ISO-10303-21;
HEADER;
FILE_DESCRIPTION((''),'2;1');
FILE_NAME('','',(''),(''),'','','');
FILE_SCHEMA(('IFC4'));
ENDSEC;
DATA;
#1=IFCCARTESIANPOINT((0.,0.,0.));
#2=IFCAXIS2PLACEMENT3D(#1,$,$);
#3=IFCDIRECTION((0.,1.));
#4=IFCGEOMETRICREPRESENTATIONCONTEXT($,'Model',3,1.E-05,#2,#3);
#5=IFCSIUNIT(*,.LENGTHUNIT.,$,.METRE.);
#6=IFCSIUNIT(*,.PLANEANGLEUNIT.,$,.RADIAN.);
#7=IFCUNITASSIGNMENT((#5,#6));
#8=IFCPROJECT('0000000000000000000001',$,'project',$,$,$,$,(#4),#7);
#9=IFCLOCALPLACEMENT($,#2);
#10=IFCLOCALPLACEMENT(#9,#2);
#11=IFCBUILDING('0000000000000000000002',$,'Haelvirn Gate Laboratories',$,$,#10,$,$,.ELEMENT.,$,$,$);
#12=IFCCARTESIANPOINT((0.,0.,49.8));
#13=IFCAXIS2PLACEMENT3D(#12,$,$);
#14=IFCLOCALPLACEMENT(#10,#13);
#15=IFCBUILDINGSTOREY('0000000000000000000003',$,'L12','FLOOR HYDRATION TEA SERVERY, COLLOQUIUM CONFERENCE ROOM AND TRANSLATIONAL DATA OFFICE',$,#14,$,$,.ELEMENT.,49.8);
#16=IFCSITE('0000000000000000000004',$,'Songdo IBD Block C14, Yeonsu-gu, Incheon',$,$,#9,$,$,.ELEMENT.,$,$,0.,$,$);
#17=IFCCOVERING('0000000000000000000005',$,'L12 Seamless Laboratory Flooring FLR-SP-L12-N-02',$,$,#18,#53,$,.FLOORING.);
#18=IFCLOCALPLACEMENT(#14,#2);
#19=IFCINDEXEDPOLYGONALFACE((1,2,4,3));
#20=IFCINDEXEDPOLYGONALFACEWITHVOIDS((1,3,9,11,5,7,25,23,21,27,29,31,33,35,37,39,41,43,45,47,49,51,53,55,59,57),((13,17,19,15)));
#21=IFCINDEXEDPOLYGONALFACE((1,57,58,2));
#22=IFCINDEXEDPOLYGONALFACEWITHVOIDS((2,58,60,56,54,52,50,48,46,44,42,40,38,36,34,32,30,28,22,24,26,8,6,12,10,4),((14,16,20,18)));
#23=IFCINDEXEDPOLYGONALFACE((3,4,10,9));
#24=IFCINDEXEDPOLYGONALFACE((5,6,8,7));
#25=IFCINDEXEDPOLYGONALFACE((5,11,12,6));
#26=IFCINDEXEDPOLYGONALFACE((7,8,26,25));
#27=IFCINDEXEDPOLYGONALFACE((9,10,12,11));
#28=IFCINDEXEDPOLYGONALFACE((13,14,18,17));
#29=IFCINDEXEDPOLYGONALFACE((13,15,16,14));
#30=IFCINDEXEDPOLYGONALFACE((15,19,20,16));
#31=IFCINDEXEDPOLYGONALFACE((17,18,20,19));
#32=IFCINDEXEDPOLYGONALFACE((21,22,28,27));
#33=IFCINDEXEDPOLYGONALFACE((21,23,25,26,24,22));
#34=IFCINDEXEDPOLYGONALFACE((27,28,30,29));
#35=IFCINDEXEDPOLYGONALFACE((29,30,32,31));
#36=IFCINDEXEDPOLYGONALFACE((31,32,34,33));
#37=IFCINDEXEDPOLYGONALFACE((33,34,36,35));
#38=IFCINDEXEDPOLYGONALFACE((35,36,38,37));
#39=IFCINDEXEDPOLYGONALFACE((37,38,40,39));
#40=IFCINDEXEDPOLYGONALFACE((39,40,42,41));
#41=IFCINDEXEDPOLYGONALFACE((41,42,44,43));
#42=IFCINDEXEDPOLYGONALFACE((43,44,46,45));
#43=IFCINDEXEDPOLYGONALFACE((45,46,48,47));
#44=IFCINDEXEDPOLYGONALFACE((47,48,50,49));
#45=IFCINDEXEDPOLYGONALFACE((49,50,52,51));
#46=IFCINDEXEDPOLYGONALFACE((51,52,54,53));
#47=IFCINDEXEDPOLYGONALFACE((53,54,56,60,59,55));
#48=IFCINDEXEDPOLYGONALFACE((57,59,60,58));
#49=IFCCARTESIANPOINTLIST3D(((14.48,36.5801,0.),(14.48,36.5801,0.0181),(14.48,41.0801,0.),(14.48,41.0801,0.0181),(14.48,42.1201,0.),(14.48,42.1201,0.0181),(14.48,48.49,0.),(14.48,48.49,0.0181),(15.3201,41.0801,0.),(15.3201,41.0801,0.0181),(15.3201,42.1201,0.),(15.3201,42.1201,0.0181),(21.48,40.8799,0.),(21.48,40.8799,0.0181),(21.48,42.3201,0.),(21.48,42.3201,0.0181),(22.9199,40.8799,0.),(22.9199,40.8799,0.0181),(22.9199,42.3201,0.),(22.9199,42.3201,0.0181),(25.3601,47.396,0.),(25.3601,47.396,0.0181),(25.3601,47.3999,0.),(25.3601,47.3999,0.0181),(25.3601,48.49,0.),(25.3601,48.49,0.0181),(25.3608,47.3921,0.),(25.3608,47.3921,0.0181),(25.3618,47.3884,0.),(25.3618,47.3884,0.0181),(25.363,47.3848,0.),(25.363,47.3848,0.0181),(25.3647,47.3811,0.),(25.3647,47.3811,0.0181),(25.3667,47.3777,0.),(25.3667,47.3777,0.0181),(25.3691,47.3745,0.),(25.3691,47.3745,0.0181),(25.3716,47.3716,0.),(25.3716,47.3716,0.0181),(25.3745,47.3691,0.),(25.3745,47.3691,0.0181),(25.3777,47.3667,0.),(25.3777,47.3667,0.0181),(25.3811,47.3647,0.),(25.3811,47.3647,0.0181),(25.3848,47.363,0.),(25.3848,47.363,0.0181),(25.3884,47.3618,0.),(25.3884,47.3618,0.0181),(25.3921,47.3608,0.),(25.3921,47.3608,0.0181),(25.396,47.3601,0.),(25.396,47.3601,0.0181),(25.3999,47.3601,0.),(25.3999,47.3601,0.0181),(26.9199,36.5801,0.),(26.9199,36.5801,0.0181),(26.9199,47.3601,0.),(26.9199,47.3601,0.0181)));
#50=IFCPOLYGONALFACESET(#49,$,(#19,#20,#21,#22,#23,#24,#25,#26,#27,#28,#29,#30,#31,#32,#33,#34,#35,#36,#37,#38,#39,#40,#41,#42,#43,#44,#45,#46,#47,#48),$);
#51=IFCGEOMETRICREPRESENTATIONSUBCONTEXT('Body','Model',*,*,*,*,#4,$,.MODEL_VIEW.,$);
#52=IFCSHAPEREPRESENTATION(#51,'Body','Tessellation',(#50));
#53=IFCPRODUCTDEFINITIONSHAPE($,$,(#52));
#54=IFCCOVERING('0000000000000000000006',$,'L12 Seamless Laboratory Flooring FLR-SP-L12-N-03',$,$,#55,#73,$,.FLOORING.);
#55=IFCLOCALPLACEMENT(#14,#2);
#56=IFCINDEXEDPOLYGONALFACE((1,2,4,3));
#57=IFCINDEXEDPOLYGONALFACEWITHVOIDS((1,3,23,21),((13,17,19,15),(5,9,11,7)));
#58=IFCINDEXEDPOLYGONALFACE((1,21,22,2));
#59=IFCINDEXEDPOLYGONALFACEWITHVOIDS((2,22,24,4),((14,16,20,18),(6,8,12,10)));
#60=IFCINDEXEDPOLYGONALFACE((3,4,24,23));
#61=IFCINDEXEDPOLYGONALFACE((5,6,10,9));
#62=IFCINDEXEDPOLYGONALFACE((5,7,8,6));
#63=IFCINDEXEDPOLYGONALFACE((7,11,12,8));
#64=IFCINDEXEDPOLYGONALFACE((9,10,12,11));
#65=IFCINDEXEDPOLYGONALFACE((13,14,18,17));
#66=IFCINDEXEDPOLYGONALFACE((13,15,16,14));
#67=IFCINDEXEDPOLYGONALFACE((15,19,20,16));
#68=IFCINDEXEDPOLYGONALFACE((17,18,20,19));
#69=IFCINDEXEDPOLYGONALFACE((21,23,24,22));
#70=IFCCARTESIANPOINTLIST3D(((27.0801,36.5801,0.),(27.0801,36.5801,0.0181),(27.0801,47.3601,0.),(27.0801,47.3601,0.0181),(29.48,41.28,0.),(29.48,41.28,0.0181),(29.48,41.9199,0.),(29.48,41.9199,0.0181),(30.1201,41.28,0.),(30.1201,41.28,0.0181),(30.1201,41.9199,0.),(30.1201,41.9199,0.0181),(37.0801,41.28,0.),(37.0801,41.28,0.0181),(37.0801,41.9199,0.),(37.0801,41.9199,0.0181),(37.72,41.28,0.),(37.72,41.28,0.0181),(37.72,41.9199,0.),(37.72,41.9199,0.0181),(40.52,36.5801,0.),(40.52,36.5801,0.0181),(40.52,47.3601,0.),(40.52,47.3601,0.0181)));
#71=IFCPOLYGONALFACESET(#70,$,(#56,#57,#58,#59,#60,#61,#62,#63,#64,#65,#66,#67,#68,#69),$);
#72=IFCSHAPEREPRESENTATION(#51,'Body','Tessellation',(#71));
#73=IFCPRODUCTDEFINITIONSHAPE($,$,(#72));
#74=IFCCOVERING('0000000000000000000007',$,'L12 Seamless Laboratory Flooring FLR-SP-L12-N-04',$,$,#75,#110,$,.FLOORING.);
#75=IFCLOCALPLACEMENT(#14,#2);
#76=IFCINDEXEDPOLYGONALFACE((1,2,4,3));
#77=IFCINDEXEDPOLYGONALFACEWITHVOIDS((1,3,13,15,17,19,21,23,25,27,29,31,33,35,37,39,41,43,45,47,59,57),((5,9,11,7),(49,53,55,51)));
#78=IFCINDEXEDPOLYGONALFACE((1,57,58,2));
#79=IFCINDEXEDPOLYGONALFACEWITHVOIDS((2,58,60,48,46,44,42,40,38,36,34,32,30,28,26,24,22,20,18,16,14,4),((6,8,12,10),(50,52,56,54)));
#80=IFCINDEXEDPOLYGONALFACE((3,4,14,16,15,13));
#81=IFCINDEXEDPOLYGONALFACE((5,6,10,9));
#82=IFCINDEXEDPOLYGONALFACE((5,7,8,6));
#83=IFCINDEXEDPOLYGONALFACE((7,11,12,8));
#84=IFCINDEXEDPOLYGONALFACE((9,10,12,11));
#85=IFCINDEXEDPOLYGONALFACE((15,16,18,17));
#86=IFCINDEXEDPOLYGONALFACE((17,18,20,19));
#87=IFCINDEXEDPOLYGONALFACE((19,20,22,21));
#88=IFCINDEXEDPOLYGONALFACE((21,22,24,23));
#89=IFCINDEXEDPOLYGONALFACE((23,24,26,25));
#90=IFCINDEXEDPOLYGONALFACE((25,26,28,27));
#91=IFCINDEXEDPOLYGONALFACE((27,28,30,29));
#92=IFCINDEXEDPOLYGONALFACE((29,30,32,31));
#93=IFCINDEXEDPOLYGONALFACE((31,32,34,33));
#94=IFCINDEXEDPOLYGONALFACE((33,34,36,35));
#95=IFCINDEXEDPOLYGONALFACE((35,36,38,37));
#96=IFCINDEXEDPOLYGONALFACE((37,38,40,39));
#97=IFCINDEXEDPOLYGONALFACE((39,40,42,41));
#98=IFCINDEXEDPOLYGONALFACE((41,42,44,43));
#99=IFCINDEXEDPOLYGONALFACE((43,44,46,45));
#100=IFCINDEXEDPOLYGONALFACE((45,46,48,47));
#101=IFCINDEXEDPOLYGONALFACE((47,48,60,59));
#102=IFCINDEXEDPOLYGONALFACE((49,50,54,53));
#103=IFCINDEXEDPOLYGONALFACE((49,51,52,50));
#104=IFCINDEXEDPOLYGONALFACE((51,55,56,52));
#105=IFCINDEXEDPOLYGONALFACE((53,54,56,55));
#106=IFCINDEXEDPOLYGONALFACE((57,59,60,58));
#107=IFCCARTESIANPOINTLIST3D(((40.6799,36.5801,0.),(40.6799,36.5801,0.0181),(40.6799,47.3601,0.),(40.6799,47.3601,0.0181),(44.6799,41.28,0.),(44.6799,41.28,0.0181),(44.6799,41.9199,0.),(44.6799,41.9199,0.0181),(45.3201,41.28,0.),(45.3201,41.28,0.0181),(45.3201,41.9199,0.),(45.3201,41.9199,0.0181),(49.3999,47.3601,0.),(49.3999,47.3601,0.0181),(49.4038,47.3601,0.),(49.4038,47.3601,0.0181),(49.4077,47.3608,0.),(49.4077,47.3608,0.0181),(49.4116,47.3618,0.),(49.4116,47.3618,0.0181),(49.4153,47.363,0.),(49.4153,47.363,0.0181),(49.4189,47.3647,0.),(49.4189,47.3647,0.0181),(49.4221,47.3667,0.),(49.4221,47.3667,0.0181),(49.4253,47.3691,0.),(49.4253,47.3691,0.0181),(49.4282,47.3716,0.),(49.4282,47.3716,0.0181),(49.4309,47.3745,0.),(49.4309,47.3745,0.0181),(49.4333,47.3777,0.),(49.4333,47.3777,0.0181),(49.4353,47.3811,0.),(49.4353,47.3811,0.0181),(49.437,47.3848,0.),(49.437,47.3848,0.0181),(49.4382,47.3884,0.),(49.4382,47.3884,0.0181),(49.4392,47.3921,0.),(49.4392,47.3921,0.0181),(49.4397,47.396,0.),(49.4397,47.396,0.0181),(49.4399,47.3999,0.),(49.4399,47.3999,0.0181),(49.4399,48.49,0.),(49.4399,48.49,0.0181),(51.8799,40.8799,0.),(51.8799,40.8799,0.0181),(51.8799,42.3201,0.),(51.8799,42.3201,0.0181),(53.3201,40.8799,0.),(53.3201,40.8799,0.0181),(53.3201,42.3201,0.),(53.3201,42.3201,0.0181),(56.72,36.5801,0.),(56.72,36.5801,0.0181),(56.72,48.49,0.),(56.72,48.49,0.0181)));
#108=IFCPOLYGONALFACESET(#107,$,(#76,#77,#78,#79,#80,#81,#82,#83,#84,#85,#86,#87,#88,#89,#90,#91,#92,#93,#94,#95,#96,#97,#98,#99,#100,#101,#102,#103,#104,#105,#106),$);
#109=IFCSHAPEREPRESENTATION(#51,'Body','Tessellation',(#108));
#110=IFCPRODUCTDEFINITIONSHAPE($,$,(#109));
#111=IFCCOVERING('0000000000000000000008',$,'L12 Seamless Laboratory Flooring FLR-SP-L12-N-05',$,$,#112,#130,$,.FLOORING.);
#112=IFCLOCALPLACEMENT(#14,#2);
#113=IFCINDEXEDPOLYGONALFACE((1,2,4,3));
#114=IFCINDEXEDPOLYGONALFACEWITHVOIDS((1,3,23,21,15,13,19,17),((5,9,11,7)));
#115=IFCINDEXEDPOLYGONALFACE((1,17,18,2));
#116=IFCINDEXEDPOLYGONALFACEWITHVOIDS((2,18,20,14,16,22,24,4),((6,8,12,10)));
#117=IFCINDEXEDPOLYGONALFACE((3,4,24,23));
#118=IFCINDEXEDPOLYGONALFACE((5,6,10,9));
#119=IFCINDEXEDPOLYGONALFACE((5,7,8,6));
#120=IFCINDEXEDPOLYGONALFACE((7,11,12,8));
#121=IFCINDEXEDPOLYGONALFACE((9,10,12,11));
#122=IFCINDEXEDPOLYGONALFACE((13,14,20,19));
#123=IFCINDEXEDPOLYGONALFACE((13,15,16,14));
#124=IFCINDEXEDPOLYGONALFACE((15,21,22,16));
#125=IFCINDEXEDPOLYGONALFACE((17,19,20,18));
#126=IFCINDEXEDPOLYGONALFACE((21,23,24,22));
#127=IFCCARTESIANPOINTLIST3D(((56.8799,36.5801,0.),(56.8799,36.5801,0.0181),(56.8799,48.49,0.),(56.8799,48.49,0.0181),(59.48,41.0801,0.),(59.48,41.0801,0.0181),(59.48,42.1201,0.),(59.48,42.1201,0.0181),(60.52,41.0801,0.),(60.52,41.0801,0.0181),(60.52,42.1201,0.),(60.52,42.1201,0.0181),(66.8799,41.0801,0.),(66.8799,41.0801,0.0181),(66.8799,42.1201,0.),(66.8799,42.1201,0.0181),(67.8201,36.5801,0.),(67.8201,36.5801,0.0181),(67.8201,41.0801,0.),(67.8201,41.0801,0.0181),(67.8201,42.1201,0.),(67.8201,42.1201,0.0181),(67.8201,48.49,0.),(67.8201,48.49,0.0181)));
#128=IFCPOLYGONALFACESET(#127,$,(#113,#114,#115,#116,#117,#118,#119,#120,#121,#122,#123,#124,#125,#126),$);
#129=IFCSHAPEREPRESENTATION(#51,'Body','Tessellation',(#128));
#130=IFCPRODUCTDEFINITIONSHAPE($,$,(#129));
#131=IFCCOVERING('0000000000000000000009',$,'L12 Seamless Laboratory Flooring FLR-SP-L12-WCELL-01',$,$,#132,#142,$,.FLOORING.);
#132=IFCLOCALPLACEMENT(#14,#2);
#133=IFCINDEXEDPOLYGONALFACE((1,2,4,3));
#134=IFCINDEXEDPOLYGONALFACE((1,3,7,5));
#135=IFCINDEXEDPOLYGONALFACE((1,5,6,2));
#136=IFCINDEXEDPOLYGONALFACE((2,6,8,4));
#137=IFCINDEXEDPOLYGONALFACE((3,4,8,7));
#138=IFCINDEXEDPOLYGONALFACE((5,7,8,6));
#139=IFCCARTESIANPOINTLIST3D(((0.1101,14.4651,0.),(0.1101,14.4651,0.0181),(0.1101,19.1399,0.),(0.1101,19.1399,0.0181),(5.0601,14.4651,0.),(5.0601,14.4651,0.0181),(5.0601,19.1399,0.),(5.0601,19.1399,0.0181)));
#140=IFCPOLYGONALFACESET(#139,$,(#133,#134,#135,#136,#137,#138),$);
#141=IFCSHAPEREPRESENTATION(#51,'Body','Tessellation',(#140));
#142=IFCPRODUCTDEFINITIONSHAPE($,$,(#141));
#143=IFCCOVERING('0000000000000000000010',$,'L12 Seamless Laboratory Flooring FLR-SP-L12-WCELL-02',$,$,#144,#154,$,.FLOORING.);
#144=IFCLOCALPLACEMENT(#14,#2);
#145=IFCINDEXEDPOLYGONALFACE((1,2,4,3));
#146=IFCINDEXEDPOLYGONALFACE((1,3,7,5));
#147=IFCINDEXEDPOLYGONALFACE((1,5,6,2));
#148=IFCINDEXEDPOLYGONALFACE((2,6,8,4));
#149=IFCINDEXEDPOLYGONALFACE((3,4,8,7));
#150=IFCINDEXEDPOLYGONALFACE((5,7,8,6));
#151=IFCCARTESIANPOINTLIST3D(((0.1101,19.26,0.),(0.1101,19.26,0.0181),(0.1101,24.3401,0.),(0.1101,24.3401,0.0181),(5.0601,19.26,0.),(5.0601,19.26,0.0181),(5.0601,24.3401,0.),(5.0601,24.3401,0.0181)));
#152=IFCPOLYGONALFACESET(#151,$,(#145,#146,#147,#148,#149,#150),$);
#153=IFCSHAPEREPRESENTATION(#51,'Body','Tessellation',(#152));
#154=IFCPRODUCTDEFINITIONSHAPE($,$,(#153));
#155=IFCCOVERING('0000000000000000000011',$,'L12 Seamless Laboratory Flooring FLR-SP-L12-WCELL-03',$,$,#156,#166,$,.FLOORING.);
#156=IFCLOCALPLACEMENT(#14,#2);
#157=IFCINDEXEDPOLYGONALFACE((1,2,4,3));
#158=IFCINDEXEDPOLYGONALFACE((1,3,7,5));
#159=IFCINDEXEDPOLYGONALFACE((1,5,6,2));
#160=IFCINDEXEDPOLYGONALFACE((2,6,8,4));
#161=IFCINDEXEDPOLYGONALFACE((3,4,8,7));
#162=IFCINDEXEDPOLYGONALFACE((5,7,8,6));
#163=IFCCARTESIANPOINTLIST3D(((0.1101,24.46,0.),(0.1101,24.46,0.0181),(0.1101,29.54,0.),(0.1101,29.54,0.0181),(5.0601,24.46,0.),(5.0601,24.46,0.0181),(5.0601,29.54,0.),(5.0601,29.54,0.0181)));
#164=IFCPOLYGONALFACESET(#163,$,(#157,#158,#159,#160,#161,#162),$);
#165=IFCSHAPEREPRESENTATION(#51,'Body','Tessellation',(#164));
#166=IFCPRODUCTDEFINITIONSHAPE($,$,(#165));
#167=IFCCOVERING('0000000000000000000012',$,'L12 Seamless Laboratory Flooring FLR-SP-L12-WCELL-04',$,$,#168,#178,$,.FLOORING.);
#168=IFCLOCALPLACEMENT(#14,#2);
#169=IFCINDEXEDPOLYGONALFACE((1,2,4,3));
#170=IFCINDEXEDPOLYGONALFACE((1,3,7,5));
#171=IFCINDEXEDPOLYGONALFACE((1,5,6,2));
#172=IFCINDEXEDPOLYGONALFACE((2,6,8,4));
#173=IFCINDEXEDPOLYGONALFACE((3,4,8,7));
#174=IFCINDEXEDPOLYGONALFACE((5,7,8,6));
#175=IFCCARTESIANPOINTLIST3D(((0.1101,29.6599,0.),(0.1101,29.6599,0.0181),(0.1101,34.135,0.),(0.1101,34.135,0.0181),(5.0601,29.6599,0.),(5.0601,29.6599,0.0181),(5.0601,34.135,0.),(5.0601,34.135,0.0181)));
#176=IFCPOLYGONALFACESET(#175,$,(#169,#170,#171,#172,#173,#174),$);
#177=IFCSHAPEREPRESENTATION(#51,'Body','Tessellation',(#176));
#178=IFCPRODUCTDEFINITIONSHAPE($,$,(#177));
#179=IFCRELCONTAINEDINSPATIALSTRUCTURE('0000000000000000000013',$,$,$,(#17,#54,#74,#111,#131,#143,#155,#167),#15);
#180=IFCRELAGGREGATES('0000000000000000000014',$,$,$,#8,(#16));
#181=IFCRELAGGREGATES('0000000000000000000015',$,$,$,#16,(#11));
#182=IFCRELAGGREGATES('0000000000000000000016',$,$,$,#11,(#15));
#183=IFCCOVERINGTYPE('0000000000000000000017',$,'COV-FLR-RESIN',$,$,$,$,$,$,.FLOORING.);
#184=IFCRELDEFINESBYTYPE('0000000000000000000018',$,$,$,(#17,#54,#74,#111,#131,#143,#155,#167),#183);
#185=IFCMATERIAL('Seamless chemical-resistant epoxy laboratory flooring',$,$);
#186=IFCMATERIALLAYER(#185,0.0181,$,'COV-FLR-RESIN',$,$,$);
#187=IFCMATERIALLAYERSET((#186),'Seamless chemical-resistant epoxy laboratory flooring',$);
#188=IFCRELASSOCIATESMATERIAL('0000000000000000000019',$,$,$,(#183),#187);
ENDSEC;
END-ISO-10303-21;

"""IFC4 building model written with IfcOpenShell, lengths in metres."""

from ifc_helpers import new_model, si_unit, direction, frame, origin, place, context, subcontext, project, spatial, polyline, outline, extrude, material, layer, layer_set, type_object, element, save


model = new_model("IFC4")

# Units and contexts
model_context = context("Model", 3, precision=1e-05, world=origin(), true_north=direction((0.0, 1.0)))
body_context = subcontext(model_context, "Body", "Model", "MODEL_VIEW")
ifc_project = project(units=[si_unit("LENGTHUNIT", "METRE"), si_unit("PLANEANGLEUNIT", "RADIAN")], contexts=[model_context])

# Site, building, storey
site_placement = place(None, origin())
site = spatial("IfcSite", under=ifc_project, at=site_placement, Name="Songdo IBD Block C14, Yeonsu-gu, Incheon", CompositionType="ELEMENT", RefElevation=0.0)
building_placement = place(site_placement, origin())
building = spatial("IfcBuilding", under=site, at=building_placement, Name="Haelvirn Gate Laboratories", CompositionType="ELEMENT")
storey_placement = place(building_placement, frame((0.0, 0.0, 49.8)))
storey = spatial("IfcBuildingStorey", under=building, at=storey_placement, Name="L12", Description="FLOOR HYDRATION TEA SERVERY, COLLOQUIUM CONFERENCE ROOM AND TRANSLATIONAL DATA OFFICE", CompositionType="ELEMENT", Elevation=49.8)

# Coverings
ifc_material_1 = material(Name="Seamless chemical-resistant epoxy laboratory flooring")
ifc_layer_1 = layer(ifc_material_1, 0.0181, Name="COV-FLR-RESIN")
ifc_layer_set_1 = layer_set([ifc_layer_1], Name="Seamless chemical-resistant epoxy laboratory flooring")
covering_type = type_object("IfcCoveringType", Name="COV-FLR-RESIN", PredefinedType="FLOORING", material=ifc_layer_set_1)
covering_1_placement = place(storey_placement, origin())
element("IfcCovering", 1, at=covering_1_placement, inside=storey, type_object=covering_type, Name="L12 Seamless Laboratory Flooring FLR-SP-L12-N-02", PredefinedType="FLOORING", context=body_context, shape_type="SweptSolid", body=[
    extrude(outline(polyline([(15.3201, 41.0801), (15.3201, 42.1201), (14.48, 42.1201), (14.48, 48.49), (25.3601, 48.49), (25.3601, 47.3999), (25.3601, 47.396), (25.3608, 47.3921), (25.3618, 47.3884), (25.363, 47.3848), (25.3647, 47.3811), (25.3667, 47.3777), (25.3691, 47.3745), (25.3716, 47.3716), (25.3745, 47.3691), (25.3777, 47.3667), (25.3811, 47.3647), (25.3848, 47.363), (25.3884, 47.3618), (25.3921, 47.3608), (25.396, 47.3601), (25.3999, 47.3601), (26.9199, 47.3601), (26.9199, 36.5801), (14.48, 36.5801), (14.48, 41.0801), (15.3201, 41.0801)]), holes=[polyline([(21.48, 42.3201), (21.48, 40.8799), (22.9199, 40.8799), (22.9199, 42.3201), (21.48, 42.3201)])]), origin(), (0.0, 0.0, 1.0), 0.0181),
])
covering_2_placement = place(storey_placement, origin())
element("IfcCovering", 2, at=covering_2_placement, inside=storey, type_object=covering_type, Name="L12 Seamless Laboratory Flooring FLR-SP-L12-N-03", PredefinedType="FLOORING", context=body_context, shape_type="SweptSolid", body=[
    extrude(outline(polyline([(40.52, 47.3601), (40.52, 36.5801), (27.0801, 36.5801), (27.0801, 47.3601), (40.52, 47.3601)]), holes=[polyline([(29.48, 41.28), (30.1201, 41.28), (30.1201, 41.9199), (29.48, 41.9199), (29.48, 41.28)]), polyline([(37.0801, 41.9199), (37.0801, 41.28), (37.72, 41.28), (37.72, 41.9199), (37.0801, 41.9199)])]), origin(), (0.0, 0.0, 1.0), 0.0181),
])
covering_3_placement = place(storey_placement, origin())
element("IfcCovering", 3, at=covering_3_placement, inside=storey, type_object=covering_type, Name="L12 Seamless Laboratory Flooring FLR-SP-L12-N-04", PredefinedType="FLOORING", context=body_context, shape_type="SweptSolid", body=[
    extrude(outline(polyline([(40.6799, 47.3601), (49.3999, 47.3601), (49.4038, 47.3601), (49.4077, 47.3608), (49.4116, 47.3618), (49.4153, 47.363), (49.4189, 47.3647), (49.4221, 47.3667), (49.4253, 47.3691), (49.4282, 47.3716), (49.4309, 47.3745), (49.4333, 47.3777), (49.4353, 47.3811), (49.437, 47.3848), (49.4382, 47.3884), (49.4392, 47.3921), (49.4397, 47.396), (49.4399, 47.3999), (49.4399, 48.49), (56.72, 48.49), (56.72, 36.5801), (40.6799, 36.5801), (40.6799, 47.3601)]), holes=[polyline([(51.8799, 40.8799), (53.3201, 40.8799), (53.3201, 42.3201), (51.8799, 42.3201), (51.8799, 40.8799)]), polyline([(44.6799, 41.9199), (44.6799, 41.28), (45.3201, 41.28), (45.3201, 41.9199), (44.6799, 41.9199)])]), origin(), (0.0, 0.0, 1.0), 0.0181),
])
covering_4_placement = place(storey_placement, origin())
element("IfcCovering", 4, at=covering_4_placement, inside=storey, type_object=covering_type, Name="L12 Seamless Laboratory Flooring FLR-SP-L12-N-05", PredefinedType="FLOORING", context=body_context, shape_type="SweptSolid", body=[
    extrude(outline(polyline([(67.8201, 42.1201), (66.8799, 42.1201), (66.8799, 41.0801), (67.8201, 41.0801), (67.8201, 36.5801), (56.8799, 36.5801), (56.8799, 48.49), (67.8201, 48.49), (67.8201, 42.1201)]), holes=[polyline([(59.48, 41.0801), (60.52, 41.0801), (60.52, 42.1201), (59.48, 42.1201), (59.48, 41.0801)])]), origin(), (0.0, 0.0, 1.0), 0.0181),
])
covering_5_placement = place(storey_placement, origin())
element("IfcCovering", 5, at=covering_5_placement, inside=storey, type_object=covering_type, Name="L12 Seamless Laboratory Flooring FLR-SP-L12-WCELL-01", PredefinedType="FLOORING", context=body_context, shape_type="SweptSolid", body=[
    extrude(outline(polyline([(0.1101, 19.1399), (5.0601, 19.1399), (5.0601, 14.4651), (0.1101, 14.4651), (0.1101, 19.1399)])), origin(), (0.0, 0.0, 1.0), 0.0181),
])
covering_6_placement = place(storey_placement, origin())
element("IfcCovering", 6, at=covering_6_placement, inside=storey, type_object=covering_type, Name="L12 Seamless Laboratory Flooring FLR-SP-L12-WCELL-02", PredefinedType="FLOORING", context=body_context, shape_type="SweptSolid", body=[
    extrude(outline(polyline([(0.1101, 24.3401), (5.0601, 24.3401), (5.0601, 19.26), (0.1101, 19.26), (0.1101, 24.3401)])), origin(), (0.0, 0.0, 1.0), 0.0181),
])
covering_7_placement = place(storey_placement, origin())
element("IfcCovering", 7, at=covering_7_placement, inside=storey, type_object=covering_type, Name="L12 Seamless Laboratory Flooring FLR-SP-L12-WCELL-03", PredefinedType="FLOORING", context=body_context, shape_type="SweptSolid", body=[
    extrude(outline(polyline([(0.1101, 29.54), (5.0601, 29.54), (5.0601, 24.46), (0.1101, 24.46), (0.1101, 29.54)])), origin(), (0.0, 0.0, 1.0), 0.0181),
])
covering_8_placement = place(storey_placement, origin())
element("IfcCovering", 8, at=covering_8_placement, inside=storey, type_object=covering_type, Name="L12 Seamless Laboratory Flooring FLR-SP-L12-WCELL-04", PredefinedType="FLOORING", context=body_context, shape_type="SweptSolid", body=[
    extrude(outline(polyline([(0.1101, 34.135), (5.0601, 34.135), (5.0601, 29.6599), (0.1101, 29.6599), (0.1101, 34.135)])), origin(), (0.0, 0.0, 1.0), 0.0181),
])

save(model, "model.ifc")
